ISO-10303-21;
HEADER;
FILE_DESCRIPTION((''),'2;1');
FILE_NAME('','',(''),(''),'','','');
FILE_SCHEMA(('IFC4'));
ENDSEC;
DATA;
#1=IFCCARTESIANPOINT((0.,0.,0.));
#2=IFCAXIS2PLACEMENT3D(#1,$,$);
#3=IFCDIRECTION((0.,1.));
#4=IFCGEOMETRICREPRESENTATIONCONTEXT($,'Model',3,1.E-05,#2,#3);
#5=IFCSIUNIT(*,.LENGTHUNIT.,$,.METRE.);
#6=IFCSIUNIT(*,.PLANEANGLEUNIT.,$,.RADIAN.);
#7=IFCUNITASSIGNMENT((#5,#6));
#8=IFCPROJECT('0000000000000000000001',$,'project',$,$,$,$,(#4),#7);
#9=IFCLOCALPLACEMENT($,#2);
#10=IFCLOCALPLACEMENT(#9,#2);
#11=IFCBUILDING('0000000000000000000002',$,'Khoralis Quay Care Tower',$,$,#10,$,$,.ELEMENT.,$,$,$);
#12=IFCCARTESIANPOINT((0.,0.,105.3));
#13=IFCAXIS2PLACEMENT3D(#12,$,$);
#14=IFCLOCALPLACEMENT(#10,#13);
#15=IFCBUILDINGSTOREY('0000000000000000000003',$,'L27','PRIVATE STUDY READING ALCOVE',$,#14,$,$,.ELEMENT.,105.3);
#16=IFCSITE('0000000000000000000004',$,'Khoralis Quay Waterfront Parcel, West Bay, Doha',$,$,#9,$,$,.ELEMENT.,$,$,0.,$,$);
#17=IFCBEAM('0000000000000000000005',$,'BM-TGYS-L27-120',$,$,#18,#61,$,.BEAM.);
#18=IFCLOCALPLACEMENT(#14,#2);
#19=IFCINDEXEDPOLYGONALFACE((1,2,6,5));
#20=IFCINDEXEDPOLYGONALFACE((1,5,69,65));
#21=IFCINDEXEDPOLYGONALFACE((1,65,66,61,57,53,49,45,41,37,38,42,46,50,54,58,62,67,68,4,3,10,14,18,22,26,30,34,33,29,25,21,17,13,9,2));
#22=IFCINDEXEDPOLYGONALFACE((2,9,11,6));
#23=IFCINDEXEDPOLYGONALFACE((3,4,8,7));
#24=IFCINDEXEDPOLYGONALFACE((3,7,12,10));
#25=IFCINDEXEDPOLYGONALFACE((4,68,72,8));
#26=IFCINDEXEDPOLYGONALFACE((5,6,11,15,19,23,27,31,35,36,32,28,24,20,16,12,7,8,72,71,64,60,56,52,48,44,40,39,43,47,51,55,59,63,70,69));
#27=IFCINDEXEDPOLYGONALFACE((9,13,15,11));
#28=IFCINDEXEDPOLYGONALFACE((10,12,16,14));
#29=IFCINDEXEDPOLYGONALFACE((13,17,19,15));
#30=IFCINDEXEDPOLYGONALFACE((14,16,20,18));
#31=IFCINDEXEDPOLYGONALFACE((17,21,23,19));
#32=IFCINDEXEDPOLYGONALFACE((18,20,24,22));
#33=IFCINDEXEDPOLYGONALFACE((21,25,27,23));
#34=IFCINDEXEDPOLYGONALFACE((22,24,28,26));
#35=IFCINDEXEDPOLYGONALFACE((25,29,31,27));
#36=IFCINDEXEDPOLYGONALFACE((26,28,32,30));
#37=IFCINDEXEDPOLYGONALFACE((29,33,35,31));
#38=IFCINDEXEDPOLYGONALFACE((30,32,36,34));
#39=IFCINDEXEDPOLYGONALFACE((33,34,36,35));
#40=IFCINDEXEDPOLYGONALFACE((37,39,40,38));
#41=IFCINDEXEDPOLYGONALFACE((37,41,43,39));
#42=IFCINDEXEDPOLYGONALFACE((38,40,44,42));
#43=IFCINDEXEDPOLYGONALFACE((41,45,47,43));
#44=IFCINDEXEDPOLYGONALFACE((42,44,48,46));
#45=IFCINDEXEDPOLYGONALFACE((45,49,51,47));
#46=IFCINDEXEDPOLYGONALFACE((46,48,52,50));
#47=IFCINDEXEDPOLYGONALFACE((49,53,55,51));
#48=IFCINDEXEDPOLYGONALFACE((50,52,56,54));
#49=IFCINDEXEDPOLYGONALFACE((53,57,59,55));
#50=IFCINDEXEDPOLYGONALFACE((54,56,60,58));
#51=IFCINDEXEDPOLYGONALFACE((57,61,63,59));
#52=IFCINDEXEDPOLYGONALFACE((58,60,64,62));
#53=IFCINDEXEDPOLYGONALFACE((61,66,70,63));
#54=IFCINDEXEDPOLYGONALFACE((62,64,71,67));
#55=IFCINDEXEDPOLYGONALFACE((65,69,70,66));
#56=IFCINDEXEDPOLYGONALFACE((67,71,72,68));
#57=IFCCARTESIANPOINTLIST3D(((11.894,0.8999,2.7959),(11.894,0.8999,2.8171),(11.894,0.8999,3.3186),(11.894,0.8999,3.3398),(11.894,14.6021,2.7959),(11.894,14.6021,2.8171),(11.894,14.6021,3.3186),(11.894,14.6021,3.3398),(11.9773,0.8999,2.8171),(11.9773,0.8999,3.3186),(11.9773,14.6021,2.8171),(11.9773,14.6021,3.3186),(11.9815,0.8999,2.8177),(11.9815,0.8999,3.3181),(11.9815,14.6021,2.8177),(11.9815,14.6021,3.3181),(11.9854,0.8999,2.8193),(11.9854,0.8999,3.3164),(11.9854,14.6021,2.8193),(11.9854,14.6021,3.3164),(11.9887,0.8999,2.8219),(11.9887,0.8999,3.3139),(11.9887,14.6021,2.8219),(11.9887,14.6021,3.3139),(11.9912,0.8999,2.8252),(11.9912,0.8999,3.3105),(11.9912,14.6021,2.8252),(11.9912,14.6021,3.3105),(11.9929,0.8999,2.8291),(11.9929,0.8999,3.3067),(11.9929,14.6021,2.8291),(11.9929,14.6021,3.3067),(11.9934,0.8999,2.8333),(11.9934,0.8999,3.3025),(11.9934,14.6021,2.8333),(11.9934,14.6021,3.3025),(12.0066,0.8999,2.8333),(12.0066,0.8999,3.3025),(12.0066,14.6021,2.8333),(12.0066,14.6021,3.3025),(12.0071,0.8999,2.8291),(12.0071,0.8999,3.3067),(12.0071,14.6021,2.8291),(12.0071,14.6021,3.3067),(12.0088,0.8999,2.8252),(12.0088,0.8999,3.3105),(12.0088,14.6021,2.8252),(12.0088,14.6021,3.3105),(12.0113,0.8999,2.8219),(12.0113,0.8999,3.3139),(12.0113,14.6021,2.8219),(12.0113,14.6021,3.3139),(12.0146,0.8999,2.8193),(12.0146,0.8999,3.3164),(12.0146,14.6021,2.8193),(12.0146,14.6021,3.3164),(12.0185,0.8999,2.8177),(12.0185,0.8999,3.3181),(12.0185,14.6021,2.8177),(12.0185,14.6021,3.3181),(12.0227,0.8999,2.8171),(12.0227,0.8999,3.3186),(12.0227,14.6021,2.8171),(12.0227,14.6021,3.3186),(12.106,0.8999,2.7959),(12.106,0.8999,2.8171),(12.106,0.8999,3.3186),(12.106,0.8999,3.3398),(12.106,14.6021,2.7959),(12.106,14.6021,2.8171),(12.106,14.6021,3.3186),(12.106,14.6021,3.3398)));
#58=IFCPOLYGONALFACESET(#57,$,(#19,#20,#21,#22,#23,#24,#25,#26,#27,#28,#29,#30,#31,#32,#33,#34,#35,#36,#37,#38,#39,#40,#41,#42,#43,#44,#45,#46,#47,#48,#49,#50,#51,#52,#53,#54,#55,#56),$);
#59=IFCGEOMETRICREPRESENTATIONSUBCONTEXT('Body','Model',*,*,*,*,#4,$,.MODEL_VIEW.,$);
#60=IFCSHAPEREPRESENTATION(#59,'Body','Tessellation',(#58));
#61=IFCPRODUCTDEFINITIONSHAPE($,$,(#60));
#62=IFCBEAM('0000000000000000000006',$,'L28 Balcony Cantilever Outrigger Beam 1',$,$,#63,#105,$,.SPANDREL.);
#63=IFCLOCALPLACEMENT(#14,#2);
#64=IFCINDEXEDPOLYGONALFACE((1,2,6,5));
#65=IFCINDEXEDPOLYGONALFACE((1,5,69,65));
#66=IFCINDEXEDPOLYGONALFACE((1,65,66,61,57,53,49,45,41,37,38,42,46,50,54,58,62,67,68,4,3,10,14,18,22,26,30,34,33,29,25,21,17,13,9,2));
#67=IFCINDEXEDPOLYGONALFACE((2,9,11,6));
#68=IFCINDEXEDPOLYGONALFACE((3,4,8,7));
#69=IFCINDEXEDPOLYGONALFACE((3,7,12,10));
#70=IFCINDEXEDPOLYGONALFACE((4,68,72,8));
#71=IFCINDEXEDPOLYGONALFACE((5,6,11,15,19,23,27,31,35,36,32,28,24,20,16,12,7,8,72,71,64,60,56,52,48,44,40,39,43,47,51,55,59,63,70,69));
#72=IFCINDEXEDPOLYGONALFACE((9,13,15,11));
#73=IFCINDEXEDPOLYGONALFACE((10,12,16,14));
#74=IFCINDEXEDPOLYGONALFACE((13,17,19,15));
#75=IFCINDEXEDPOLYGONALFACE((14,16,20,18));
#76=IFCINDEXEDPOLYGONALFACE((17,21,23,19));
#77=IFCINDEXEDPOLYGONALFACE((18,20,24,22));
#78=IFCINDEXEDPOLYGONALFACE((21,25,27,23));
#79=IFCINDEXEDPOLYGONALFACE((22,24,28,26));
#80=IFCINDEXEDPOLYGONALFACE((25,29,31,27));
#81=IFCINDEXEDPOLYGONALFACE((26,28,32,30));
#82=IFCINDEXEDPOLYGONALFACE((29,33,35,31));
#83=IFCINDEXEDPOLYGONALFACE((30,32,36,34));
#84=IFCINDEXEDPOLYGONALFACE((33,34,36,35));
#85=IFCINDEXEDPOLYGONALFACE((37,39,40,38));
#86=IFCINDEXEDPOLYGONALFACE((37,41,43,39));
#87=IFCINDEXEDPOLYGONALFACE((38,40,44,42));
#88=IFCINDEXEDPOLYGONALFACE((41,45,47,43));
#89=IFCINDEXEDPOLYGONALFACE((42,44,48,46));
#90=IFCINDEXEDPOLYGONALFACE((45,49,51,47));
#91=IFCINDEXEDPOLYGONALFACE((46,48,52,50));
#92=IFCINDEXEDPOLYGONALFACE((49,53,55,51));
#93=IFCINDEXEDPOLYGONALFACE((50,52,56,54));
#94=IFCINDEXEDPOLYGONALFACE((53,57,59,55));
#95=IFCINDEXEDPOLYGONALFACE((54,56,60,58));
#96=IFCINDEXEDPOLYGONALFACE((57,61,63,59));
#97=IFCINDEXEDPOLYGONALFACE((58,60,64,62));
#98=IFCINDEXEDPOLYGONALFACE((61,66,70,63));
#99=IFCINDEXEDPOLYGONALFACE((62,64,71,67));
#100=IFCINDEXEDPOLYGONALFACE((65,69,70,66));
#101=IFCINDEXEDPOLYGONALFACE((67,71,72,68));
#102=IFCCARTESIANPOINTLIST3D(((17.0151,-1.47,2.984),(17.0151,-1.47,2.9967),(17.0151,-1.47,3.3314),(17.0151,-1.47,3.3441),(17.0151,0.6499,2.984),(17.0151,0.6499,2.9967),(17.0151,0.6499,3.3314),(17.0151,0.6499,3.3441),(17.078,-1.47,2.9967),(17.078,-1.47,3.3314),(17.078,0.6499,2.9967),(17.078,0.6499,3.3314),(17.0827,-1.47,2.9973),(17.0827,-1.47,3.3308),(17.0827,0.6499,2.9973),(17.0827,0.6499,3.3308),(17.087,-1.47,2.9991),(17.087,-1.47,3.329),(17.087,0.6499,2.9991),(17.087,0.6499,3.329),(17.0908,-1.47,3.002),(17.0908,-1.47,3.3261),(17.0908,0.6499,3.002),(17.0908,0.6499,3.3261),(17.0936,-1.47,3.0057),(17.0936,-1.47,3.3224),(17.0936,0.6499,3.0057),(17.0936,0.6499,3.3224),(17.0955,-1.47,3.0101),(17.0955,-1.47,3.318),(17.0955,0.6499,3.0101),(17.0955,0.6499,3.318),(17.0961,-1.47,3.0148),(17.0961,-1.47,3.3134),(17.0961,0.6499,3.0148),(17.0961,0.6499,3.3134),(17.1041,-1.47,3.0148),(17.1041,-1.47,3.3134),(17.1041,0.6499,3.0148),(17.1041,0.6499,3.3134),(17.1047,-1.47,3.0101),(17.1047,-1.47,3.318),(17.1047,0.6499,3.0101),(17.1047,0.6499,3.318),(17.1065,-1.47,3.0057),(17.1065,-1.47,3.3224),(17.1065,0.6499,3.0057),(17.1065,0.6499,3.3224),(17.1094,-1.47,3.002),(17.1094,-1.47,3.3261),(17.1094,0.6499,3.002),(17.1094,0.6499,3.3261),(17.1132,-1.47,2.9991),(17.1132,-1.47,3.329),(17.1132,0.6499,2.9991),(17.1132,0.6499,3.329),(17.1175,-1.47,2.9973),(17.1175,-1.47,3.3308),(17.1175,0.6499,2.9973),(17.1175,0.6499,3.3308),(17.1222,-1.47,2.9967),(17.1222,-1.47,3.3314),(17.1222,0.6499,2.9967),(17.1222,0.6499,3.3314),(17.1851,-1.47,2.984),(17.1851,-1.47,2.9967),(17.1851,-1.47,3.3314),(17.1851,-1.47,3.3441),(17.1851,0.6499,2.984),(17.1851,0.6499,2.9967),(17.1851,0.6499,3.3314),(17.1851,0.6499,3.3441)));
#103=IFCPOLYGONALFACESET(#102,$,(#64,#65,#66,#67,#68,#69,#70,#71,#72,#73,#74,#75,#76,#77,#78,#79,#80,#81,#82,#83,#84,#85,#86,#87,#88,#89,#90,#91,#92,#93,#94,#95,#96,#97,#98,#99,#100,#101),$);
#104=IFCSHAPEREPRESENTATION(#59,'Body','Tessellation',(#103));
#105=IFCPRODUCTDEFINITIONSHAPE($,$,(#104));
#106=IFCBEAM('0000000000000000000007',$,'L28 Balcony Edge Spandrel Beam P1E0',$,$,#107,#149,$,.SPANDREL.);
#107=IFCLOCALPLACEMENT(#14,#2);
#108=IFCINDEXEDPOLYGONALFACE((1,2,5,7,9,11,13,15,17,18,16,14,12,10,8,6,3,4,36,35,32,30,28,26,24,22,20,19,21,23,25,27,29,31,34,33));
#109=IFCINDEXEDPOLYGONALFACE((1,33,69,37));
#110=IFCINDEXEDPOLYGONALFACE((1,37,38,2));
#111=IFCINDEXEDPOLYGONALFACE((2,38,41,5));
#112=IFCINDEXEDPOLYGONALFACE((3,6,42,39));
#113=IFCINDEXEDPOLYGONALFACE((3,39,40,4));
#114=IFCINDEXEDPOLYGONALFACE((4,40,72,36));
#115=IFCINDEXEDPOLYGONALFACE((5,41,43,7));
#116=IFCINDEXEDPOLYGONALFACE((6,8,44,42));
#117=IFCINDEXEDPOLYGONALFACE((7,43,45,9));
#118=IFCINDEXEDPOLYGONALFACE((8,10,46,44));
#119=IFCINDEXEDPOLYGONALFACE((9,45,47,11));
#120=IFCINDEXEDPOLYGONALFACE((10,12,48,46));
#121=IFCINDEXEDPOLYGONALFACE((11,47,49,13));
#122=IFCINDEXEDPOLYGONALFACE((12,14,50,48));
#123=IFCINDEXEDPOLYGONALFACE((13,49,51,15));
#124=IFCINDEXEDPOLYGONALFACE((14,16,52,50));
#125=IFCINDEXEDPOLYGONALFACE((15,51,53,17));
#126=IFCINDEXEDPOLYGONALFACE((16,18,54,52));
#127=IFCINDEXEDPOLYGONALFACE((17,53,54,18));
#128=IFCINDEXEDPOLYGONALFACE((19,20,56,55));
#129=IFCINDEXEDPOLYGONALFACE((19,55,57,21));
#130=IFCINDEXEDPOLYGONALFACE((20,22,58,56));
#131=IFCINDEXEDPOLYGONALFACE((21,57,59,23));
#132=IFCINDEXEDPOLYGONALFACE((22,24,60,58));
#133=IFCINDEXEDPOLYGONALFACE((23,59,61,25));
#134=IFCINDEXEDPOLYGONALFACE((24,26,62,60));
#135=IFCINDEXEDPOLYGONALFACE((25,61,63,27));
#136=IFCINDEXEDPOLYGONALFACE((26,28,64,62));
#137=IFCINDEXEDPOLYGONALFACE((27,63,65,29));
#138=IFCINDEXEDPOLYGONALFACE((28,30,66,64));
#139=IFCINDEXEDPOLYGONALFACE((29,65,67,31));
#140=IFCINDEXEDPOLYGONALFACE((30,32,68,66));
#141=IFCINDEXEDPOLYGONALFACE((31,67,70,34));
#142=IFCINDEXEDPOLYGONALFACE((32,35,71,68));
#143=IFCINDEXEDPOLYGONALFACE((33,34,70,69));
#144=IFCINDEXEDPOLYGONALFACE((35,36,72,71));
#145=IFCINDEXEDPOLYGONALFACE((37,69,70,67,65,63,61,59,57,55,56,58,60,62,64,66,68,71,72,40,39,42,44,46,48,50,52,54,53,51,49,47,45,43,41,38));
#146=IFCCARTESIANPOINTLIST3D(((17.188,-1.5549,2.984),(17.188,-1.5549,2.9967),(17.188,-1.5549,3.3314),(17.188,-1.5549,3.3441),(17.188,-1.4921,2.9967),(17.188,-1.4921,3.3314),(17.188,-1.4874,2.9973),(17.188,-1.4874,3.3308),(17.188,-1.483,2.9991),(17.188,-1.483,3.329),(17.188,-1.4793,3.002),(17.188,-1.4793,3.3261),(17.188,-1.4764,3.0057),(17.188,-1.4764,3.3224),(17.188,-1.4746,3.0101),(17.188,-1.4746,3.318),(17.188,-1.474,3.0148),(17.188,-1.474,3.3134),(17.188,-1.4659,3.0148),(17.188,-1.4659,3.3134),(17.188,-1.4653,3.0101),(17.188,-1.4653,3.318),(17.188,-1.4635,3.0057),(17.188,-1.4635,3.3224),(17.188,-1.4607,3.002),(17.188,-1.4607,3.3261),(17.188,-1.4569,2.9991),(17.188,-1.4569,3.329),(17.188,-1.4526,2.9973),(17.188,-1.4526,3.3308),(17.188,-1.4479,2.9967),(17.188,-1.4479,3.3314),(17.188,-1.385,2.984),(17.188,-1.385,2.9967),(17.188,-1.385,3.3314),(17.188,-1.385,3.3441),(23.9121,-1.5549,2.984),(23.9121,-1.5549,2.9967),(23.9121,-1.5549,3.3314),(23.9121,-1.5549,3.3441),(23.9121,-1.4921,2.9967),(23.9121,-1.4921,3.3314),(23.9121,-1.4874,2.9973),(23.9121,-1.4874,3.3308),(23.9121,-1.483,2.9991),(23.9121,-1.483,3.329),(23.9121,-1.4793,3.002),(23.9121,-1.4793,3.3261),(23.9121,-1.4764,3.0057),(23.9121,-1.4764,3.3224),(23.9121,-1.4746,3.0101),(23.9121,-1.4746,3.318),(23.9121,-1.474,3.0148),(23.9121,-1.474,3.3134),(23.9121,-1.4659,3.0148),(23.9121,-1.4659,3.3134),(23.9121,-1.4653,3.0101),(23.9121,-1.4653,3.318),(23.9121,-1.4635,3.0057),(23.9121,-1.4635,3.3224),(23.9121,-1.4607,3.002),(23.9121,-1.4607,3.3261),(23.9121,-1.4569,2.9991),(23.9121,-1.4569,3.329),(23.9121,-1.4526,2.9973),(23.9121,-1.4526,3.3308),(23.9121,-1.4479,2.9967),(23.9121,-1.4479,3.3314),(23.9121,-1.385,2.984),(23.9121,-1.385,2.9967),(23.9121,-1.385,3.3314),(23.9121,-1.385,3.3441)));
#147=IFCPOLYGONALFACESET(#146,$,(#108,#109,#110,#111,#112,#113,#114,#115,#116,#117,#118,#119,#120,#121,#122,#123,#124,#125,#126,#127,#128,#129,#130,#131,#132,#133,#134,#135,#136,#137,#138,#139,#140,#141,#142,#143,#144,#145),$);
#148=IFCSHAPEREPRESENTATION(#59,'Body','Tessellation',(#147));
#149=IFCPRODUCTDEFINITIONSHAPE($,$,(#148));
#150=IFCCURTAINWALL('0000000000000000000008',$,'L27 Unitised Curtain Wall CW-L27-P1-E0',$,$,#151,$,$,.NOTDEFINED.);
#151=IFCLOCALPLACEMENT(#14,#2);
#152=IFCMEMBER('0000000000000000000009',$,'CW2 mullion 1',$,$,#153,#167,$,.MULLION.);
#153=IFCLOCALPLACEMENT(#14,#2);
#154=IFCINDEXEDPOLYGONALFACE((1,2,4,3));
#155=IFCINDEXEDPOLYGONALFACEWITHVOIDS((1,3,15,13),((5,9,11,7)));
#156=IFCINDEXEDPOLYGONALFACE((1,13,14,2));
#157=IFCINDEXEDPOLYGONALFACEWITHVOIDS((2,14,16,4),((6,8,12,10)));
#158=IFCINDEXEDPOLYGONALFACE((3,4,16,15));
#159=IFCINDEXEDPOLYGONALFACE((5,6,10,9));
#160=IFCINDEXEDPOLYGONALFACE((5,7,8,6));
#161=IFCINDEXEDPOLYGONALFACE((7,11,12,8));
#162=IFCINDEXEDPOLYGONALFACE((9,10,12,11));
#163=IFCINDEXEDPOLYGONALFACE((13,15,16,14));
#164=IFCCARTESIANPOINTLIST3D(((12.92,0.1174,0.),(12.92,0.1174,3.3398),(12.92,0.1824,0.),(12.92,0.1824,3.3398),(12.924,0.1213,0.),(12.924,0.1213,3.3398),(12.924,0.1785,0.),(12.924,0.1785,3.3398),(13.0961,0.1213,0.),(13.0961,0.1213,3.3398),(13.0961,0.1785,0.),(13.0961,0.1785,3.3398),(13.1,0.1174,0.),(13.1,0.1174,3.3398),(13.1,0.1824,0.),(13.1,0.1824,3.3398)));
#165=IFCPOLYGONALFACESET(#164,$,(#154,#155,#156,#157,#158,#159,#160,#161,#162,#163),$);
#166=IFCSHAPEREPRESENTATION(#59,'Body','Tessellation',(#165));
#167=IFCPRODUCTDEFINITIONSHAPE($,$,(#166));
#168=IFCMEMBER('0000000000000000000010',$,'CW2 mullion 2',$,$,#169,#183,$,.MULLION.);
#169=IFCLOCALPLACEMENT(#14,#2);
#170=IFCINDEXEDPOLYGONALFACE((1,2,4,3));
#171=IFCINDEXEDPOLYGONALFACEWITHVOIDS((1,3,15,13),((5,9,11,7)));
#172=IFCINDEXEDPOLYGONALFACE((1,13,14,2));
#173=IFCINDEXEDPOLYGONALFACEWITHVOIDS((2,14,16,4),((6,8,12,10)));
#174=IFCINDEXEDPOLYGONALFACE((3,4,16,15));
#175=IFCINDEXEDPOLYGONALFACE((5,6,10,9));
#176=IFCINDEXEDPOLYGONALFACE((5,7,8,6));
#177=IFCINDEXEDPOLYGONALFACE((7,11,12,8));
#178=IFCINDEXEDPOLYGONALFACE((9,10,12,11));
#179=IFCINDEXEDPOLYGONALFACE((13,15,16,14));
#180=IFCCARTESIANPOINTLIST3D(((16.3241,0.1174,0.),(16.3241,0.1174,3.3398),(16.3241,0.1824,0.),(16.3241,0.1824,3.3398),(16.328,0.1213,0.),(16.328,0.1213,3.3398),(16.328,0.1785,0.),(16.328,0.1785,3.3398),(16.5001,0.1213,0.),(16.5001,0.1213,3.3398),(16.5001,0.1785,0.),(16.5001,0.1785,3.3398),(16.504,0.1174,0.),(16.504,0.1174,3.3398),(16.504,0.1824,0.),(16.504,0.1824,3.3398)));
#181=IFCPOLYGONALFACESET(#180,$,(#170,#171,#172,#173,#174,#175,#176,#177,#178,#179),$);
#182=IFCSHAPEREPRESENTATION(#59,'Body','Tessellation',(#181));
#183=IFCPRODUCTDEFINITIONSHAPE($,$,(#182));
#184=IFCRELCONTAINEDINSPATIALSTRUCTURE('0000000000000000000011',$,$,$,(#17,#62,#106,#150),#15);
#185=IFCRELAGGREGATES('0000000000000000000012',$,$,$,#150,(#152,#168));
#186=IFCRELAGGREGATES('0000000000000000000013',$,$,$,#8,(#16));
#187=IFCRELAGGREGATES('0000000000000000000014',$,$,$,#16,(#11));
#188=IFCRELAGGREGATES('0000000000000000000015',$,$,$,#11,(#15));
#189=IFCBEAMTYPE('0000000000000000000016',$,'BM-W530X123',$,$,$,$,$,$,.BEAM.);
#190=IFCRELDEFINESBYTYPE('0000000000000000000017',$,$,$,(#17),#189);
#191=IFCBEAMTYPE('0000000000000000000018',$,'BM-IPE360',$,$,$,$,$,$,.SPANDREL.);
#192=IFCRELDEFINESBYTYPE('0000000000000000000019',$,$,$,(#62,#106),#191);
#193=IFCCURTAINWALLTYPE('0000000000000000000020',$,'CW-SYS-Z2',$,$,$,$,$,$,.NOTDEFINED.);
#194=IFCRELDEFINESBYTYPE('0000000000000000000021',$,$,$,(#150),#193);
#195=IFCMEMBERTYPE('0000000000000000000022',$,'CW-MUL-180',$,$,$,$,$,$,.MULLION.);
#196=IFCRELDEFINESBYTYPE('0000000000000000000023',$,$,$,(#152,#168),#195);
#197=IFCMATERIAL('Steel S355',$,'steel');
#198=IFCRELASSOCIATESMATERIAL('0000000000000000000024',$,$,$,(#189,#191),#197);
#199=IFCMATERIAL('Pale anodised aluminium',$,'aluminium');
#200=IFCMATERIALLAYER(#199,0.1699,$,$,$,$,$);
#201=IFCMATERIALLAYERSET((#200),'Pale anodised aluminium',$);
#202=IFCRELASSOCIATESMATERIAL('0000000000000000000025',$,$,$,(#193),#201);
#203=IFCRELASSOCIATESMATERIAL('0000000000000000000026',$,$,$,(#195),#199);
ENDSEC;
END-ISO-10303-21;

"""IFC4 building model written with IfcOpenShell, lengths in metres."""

from ifc_helpers import new_model, si_unit, direction, frame, origin, origin_2d, place, context, subcontext, project, spatial, hollow_rectangle, i_section, extrude, source, transform, mapped, material, layer, layer_set, material_profile, profile_set, type_object, element, aggregate, save


model = new_model("IFC4")

# Units and contexts
model_context = context("Model", 3, precision=1e-05, world=origin(), true_north=direction((0.0, 1.0)))
body_context = subcontext(model_context, "Body", "Model", "MODEL_VIEW")
ifc_project = project(units=[si_unit("LENGTHUNIT", "METRE"), si_unit("PLANEANGLEUNIT", "RADIAN")], contexts=[model_context])

# Site, building, storey
site_placement = place(None, origin())
site = spatial("IfcSite", under=ifc_project, at=site_placement, Name="Khoralis Quay Waterfront Parcel, West Bay, Doha", CompositionType="ELEMENT", RefElevation=0.0)
building_placement = place(site_placement, origin())
building = spatial("IfcBuilding", under=site, at=building_placement, Name="Khoralis Quay Care Tower", CompositionType="ELEMENT")
storey_placement = place(building_placement, frame((0.0, 0.0, 105.3)))
storey = spatial("IfcBuildingStorey", under=building, at=storey_placement, Name="L27", Description="PRIVATE STUDY READING ALCOVE", CompositionType="ELEMENT", Elevation=105.3)

# Beams
ifc_material_1 = material(Name="Steel S355", Category="steel")
ifc_material_profile_1 = material_profile(ifc_material_1, i_section(OverallWidth=0.2119, OverallDepth=0.5439, WebThickness=0.0132, FlangeThickness=0.0212, FilletRadius=0.0161, at=origin_2d()), Name="Steel S355")
ifc_profile_set_1 = profile_set([ifc_material_profile_1], Name="Steel S355")
beam_type_1 = type_object("IfcBeamType", Name="BM-W530X123", PredefinedType="BEAM", material=ifc_profile_set_1)
shared_shape_1 = source(origin(), body_context, "Body", "SweptSolid", [
    extrude(i_section(OverallWidth=0.2119, OverallDepth=0.5439, WebThickness=0.0132, FlangeThickness=0.0212, FilletRadius=0.0161, at=origin_2d()), origin(), (0.0, 0.0, 1.0), 13.7021),
])
beam_1_placement = place(storey_placement, frame((12.0, 0.8999, 3.0679), z_axis=(0.0, 1.0, 0.0), x_axis=(-1.0, 0.0, 0.0)))
element("IfcBeam", 1, at=beam_1_placement, inside=storey, type_object=beam_type_1, Name="BM-TGYS-L27-120", PredefinedType="BEAM", context=body_context, shape_type="MappedRepresentation", body=[
    mapped(shared_shape_1, transform((0.0, 0.0, 0.0), scale=1.0)),
])
ifc_material_profile_2 = material_profile(ifc_material_1, i_section(OverallWidth=0.1699, OverallDepth=0.3601, WebThickness=0.0081, FlangeThickness=0.0127, FilletRadius=0.0181, at=origin_2d()), Name="Steel S355")
ifc_profile_set_2 = profile_set([ifc_material_profile_2], Name="Steel S355")
beam_type_2 = type_object("IfcBeamType", Name="BM-IPE360", PredefinedType="SPANDREL", material=ifc_profile_set_2)
shared_shape_2 = source(origin(), body_context, "Body", "SweptSolid", [
    extrude(i_section(OverallWidth=0.1699, OverallDepth=0.3601, WebThickness=0.0081, FlangeThickness=0.0127, FilletRadius=0.0181, at=origin_2d()), origin(), (0.0, 0.0, 1.0), 2.1199),
])
beam_2_placement = place(storey_placement, frame((17.1001, 0.6499, 3.1641), z_axis=(0.0, -1.0, 0.0), x_axis=(1.0, 0.0, 0.0)))
element("IfcBeam", 2, at=beam_2_placement, inside=storey, type_object=beam_type_2, Name="L28 Balcony Cantilever Outrigger Beam 1", PredefinedType="SPANDREL", context=body_context, shape_type="MappedRepresentation", body=[
    mapped(shared_shape_2, transform((0.0, 0.0, 0.0), scale=1.0)),
])
shared_shape_3 = source(origin(), body_context, "Body", "SweptSolid", [
    extrude(i_section(OverallWidth=0.1699, OverallDepth=0.3601, WebThickness=0.0081, FlangeThickness=0.0127, FilletRadius=0.0181, at=origin_2d()), origin(), (0.0, 0.0, 1.0), 6.7241),
])
beam_3_placement = place(storey_placement, frame((17.188, -1.47, 3.1641), z_axis=(1.0, 0.0, 0.0), x_axis=(0.0, 1.0, 0.0)))
element("IfcBeam", 3, at=beam_3_placement, inside=storey, type_object=beam_type_2, Name="L28 Balcony Edge Spandrel Beam P1E0", PredefinedType="SPANDREL", context=body_context, shape_type="MappedRepresentation", body=[
    mapped(shared_shape_3, transform((0.0, 0.0, 0.0), scale=1.0)),
])

# Curtain wall, members
ifc_material_2 = material(Name="Pale anodised aluminium", Category="aluminium")
ifc_layer_1 = layer(ifc_material_2, 0.1699)
ifc_layer_set_1 = layer_set([ifc_layer_1], Name="Pale anodised aluminium")
curtain_wall_type = type_object("IfcCurtainWallType", Name="CW-SYS-Z2", PredefinedType="NOTDEFINED", material=ifc_layer_set_1)
curtain_wall_placement = place(storey_placement, origin())
curtain_wall = element("IfcCurtainWall", 4, at=curtain_wall_placement, inside=storey, type_object=curtain_wall_type, Name="L27 Unitised Curtain Wall CW-L27-P1-E0", PredefinedType="NOTDEFINED")
ifc_material_profile_3 = material_profile(ifc_material_2, hollow_rectangle(XDim=0.0649, YDim=0.1799, WallThickness=0.0039, at=origin_2d()), Name="Pale anodised aluminium")
ifc_profile_set_3 = profile_set([ifc_material_profile_3], Name="Pale anodised aluminium")
member_type_1 = type_object("IfcMemberType", Name="CW-MUL-180", PredefinedType="MULLION", material=ifc_profile_set_3)
shared_shape_4 = source(origin(), body_context, "Body", "SweptSolid", [
    extrude(hollow_rectangle(XDim=0.0649, YDim=0.1799, WallThickness=0.0039, at=origin_2d()), origin(), (0.0, 0.0, 1.0), 3.3398),
])
member_1_placement = place(storey_placement, frame((13.01, 0.1499, 0.0), z_axis=(0.0, 0.0, 1.0), x_axis=(0.0, 1.0, 0.0)))
member_1 = element("IfcMember", 5, at=member_1_placement, type_object=member_type_1, Name="CW2 mullion 1", PredefinedType="MULLION", context=body_context, shape_type="MappedRepresentation", body=[
    mapped(shared_shape_4, transform((0.0, 0.0, 0.0), scale=1.0)),
])
member_2_placement = place(storey_placement, frame((16.4141, 0.1499, 0.0), z_axis=(0.0, 0.0, 1.0), x_axis=(0.0, 1.0, 0.0)))
member_2 = element("IfcMember", 6, at=member_2_placement, type_object=member_type_1, Name="CW2 mullion 2", PredefinedType="MULLION", context=body_context, shape_type="MappedRepresentation", body=[
    mapped(shared_shape_4, transform((0.0, 0.0, 0.0), scale=1.0)),
])
aggregate(curtain_wall, [member_1, member_2])

save(model, "model.ifc")
